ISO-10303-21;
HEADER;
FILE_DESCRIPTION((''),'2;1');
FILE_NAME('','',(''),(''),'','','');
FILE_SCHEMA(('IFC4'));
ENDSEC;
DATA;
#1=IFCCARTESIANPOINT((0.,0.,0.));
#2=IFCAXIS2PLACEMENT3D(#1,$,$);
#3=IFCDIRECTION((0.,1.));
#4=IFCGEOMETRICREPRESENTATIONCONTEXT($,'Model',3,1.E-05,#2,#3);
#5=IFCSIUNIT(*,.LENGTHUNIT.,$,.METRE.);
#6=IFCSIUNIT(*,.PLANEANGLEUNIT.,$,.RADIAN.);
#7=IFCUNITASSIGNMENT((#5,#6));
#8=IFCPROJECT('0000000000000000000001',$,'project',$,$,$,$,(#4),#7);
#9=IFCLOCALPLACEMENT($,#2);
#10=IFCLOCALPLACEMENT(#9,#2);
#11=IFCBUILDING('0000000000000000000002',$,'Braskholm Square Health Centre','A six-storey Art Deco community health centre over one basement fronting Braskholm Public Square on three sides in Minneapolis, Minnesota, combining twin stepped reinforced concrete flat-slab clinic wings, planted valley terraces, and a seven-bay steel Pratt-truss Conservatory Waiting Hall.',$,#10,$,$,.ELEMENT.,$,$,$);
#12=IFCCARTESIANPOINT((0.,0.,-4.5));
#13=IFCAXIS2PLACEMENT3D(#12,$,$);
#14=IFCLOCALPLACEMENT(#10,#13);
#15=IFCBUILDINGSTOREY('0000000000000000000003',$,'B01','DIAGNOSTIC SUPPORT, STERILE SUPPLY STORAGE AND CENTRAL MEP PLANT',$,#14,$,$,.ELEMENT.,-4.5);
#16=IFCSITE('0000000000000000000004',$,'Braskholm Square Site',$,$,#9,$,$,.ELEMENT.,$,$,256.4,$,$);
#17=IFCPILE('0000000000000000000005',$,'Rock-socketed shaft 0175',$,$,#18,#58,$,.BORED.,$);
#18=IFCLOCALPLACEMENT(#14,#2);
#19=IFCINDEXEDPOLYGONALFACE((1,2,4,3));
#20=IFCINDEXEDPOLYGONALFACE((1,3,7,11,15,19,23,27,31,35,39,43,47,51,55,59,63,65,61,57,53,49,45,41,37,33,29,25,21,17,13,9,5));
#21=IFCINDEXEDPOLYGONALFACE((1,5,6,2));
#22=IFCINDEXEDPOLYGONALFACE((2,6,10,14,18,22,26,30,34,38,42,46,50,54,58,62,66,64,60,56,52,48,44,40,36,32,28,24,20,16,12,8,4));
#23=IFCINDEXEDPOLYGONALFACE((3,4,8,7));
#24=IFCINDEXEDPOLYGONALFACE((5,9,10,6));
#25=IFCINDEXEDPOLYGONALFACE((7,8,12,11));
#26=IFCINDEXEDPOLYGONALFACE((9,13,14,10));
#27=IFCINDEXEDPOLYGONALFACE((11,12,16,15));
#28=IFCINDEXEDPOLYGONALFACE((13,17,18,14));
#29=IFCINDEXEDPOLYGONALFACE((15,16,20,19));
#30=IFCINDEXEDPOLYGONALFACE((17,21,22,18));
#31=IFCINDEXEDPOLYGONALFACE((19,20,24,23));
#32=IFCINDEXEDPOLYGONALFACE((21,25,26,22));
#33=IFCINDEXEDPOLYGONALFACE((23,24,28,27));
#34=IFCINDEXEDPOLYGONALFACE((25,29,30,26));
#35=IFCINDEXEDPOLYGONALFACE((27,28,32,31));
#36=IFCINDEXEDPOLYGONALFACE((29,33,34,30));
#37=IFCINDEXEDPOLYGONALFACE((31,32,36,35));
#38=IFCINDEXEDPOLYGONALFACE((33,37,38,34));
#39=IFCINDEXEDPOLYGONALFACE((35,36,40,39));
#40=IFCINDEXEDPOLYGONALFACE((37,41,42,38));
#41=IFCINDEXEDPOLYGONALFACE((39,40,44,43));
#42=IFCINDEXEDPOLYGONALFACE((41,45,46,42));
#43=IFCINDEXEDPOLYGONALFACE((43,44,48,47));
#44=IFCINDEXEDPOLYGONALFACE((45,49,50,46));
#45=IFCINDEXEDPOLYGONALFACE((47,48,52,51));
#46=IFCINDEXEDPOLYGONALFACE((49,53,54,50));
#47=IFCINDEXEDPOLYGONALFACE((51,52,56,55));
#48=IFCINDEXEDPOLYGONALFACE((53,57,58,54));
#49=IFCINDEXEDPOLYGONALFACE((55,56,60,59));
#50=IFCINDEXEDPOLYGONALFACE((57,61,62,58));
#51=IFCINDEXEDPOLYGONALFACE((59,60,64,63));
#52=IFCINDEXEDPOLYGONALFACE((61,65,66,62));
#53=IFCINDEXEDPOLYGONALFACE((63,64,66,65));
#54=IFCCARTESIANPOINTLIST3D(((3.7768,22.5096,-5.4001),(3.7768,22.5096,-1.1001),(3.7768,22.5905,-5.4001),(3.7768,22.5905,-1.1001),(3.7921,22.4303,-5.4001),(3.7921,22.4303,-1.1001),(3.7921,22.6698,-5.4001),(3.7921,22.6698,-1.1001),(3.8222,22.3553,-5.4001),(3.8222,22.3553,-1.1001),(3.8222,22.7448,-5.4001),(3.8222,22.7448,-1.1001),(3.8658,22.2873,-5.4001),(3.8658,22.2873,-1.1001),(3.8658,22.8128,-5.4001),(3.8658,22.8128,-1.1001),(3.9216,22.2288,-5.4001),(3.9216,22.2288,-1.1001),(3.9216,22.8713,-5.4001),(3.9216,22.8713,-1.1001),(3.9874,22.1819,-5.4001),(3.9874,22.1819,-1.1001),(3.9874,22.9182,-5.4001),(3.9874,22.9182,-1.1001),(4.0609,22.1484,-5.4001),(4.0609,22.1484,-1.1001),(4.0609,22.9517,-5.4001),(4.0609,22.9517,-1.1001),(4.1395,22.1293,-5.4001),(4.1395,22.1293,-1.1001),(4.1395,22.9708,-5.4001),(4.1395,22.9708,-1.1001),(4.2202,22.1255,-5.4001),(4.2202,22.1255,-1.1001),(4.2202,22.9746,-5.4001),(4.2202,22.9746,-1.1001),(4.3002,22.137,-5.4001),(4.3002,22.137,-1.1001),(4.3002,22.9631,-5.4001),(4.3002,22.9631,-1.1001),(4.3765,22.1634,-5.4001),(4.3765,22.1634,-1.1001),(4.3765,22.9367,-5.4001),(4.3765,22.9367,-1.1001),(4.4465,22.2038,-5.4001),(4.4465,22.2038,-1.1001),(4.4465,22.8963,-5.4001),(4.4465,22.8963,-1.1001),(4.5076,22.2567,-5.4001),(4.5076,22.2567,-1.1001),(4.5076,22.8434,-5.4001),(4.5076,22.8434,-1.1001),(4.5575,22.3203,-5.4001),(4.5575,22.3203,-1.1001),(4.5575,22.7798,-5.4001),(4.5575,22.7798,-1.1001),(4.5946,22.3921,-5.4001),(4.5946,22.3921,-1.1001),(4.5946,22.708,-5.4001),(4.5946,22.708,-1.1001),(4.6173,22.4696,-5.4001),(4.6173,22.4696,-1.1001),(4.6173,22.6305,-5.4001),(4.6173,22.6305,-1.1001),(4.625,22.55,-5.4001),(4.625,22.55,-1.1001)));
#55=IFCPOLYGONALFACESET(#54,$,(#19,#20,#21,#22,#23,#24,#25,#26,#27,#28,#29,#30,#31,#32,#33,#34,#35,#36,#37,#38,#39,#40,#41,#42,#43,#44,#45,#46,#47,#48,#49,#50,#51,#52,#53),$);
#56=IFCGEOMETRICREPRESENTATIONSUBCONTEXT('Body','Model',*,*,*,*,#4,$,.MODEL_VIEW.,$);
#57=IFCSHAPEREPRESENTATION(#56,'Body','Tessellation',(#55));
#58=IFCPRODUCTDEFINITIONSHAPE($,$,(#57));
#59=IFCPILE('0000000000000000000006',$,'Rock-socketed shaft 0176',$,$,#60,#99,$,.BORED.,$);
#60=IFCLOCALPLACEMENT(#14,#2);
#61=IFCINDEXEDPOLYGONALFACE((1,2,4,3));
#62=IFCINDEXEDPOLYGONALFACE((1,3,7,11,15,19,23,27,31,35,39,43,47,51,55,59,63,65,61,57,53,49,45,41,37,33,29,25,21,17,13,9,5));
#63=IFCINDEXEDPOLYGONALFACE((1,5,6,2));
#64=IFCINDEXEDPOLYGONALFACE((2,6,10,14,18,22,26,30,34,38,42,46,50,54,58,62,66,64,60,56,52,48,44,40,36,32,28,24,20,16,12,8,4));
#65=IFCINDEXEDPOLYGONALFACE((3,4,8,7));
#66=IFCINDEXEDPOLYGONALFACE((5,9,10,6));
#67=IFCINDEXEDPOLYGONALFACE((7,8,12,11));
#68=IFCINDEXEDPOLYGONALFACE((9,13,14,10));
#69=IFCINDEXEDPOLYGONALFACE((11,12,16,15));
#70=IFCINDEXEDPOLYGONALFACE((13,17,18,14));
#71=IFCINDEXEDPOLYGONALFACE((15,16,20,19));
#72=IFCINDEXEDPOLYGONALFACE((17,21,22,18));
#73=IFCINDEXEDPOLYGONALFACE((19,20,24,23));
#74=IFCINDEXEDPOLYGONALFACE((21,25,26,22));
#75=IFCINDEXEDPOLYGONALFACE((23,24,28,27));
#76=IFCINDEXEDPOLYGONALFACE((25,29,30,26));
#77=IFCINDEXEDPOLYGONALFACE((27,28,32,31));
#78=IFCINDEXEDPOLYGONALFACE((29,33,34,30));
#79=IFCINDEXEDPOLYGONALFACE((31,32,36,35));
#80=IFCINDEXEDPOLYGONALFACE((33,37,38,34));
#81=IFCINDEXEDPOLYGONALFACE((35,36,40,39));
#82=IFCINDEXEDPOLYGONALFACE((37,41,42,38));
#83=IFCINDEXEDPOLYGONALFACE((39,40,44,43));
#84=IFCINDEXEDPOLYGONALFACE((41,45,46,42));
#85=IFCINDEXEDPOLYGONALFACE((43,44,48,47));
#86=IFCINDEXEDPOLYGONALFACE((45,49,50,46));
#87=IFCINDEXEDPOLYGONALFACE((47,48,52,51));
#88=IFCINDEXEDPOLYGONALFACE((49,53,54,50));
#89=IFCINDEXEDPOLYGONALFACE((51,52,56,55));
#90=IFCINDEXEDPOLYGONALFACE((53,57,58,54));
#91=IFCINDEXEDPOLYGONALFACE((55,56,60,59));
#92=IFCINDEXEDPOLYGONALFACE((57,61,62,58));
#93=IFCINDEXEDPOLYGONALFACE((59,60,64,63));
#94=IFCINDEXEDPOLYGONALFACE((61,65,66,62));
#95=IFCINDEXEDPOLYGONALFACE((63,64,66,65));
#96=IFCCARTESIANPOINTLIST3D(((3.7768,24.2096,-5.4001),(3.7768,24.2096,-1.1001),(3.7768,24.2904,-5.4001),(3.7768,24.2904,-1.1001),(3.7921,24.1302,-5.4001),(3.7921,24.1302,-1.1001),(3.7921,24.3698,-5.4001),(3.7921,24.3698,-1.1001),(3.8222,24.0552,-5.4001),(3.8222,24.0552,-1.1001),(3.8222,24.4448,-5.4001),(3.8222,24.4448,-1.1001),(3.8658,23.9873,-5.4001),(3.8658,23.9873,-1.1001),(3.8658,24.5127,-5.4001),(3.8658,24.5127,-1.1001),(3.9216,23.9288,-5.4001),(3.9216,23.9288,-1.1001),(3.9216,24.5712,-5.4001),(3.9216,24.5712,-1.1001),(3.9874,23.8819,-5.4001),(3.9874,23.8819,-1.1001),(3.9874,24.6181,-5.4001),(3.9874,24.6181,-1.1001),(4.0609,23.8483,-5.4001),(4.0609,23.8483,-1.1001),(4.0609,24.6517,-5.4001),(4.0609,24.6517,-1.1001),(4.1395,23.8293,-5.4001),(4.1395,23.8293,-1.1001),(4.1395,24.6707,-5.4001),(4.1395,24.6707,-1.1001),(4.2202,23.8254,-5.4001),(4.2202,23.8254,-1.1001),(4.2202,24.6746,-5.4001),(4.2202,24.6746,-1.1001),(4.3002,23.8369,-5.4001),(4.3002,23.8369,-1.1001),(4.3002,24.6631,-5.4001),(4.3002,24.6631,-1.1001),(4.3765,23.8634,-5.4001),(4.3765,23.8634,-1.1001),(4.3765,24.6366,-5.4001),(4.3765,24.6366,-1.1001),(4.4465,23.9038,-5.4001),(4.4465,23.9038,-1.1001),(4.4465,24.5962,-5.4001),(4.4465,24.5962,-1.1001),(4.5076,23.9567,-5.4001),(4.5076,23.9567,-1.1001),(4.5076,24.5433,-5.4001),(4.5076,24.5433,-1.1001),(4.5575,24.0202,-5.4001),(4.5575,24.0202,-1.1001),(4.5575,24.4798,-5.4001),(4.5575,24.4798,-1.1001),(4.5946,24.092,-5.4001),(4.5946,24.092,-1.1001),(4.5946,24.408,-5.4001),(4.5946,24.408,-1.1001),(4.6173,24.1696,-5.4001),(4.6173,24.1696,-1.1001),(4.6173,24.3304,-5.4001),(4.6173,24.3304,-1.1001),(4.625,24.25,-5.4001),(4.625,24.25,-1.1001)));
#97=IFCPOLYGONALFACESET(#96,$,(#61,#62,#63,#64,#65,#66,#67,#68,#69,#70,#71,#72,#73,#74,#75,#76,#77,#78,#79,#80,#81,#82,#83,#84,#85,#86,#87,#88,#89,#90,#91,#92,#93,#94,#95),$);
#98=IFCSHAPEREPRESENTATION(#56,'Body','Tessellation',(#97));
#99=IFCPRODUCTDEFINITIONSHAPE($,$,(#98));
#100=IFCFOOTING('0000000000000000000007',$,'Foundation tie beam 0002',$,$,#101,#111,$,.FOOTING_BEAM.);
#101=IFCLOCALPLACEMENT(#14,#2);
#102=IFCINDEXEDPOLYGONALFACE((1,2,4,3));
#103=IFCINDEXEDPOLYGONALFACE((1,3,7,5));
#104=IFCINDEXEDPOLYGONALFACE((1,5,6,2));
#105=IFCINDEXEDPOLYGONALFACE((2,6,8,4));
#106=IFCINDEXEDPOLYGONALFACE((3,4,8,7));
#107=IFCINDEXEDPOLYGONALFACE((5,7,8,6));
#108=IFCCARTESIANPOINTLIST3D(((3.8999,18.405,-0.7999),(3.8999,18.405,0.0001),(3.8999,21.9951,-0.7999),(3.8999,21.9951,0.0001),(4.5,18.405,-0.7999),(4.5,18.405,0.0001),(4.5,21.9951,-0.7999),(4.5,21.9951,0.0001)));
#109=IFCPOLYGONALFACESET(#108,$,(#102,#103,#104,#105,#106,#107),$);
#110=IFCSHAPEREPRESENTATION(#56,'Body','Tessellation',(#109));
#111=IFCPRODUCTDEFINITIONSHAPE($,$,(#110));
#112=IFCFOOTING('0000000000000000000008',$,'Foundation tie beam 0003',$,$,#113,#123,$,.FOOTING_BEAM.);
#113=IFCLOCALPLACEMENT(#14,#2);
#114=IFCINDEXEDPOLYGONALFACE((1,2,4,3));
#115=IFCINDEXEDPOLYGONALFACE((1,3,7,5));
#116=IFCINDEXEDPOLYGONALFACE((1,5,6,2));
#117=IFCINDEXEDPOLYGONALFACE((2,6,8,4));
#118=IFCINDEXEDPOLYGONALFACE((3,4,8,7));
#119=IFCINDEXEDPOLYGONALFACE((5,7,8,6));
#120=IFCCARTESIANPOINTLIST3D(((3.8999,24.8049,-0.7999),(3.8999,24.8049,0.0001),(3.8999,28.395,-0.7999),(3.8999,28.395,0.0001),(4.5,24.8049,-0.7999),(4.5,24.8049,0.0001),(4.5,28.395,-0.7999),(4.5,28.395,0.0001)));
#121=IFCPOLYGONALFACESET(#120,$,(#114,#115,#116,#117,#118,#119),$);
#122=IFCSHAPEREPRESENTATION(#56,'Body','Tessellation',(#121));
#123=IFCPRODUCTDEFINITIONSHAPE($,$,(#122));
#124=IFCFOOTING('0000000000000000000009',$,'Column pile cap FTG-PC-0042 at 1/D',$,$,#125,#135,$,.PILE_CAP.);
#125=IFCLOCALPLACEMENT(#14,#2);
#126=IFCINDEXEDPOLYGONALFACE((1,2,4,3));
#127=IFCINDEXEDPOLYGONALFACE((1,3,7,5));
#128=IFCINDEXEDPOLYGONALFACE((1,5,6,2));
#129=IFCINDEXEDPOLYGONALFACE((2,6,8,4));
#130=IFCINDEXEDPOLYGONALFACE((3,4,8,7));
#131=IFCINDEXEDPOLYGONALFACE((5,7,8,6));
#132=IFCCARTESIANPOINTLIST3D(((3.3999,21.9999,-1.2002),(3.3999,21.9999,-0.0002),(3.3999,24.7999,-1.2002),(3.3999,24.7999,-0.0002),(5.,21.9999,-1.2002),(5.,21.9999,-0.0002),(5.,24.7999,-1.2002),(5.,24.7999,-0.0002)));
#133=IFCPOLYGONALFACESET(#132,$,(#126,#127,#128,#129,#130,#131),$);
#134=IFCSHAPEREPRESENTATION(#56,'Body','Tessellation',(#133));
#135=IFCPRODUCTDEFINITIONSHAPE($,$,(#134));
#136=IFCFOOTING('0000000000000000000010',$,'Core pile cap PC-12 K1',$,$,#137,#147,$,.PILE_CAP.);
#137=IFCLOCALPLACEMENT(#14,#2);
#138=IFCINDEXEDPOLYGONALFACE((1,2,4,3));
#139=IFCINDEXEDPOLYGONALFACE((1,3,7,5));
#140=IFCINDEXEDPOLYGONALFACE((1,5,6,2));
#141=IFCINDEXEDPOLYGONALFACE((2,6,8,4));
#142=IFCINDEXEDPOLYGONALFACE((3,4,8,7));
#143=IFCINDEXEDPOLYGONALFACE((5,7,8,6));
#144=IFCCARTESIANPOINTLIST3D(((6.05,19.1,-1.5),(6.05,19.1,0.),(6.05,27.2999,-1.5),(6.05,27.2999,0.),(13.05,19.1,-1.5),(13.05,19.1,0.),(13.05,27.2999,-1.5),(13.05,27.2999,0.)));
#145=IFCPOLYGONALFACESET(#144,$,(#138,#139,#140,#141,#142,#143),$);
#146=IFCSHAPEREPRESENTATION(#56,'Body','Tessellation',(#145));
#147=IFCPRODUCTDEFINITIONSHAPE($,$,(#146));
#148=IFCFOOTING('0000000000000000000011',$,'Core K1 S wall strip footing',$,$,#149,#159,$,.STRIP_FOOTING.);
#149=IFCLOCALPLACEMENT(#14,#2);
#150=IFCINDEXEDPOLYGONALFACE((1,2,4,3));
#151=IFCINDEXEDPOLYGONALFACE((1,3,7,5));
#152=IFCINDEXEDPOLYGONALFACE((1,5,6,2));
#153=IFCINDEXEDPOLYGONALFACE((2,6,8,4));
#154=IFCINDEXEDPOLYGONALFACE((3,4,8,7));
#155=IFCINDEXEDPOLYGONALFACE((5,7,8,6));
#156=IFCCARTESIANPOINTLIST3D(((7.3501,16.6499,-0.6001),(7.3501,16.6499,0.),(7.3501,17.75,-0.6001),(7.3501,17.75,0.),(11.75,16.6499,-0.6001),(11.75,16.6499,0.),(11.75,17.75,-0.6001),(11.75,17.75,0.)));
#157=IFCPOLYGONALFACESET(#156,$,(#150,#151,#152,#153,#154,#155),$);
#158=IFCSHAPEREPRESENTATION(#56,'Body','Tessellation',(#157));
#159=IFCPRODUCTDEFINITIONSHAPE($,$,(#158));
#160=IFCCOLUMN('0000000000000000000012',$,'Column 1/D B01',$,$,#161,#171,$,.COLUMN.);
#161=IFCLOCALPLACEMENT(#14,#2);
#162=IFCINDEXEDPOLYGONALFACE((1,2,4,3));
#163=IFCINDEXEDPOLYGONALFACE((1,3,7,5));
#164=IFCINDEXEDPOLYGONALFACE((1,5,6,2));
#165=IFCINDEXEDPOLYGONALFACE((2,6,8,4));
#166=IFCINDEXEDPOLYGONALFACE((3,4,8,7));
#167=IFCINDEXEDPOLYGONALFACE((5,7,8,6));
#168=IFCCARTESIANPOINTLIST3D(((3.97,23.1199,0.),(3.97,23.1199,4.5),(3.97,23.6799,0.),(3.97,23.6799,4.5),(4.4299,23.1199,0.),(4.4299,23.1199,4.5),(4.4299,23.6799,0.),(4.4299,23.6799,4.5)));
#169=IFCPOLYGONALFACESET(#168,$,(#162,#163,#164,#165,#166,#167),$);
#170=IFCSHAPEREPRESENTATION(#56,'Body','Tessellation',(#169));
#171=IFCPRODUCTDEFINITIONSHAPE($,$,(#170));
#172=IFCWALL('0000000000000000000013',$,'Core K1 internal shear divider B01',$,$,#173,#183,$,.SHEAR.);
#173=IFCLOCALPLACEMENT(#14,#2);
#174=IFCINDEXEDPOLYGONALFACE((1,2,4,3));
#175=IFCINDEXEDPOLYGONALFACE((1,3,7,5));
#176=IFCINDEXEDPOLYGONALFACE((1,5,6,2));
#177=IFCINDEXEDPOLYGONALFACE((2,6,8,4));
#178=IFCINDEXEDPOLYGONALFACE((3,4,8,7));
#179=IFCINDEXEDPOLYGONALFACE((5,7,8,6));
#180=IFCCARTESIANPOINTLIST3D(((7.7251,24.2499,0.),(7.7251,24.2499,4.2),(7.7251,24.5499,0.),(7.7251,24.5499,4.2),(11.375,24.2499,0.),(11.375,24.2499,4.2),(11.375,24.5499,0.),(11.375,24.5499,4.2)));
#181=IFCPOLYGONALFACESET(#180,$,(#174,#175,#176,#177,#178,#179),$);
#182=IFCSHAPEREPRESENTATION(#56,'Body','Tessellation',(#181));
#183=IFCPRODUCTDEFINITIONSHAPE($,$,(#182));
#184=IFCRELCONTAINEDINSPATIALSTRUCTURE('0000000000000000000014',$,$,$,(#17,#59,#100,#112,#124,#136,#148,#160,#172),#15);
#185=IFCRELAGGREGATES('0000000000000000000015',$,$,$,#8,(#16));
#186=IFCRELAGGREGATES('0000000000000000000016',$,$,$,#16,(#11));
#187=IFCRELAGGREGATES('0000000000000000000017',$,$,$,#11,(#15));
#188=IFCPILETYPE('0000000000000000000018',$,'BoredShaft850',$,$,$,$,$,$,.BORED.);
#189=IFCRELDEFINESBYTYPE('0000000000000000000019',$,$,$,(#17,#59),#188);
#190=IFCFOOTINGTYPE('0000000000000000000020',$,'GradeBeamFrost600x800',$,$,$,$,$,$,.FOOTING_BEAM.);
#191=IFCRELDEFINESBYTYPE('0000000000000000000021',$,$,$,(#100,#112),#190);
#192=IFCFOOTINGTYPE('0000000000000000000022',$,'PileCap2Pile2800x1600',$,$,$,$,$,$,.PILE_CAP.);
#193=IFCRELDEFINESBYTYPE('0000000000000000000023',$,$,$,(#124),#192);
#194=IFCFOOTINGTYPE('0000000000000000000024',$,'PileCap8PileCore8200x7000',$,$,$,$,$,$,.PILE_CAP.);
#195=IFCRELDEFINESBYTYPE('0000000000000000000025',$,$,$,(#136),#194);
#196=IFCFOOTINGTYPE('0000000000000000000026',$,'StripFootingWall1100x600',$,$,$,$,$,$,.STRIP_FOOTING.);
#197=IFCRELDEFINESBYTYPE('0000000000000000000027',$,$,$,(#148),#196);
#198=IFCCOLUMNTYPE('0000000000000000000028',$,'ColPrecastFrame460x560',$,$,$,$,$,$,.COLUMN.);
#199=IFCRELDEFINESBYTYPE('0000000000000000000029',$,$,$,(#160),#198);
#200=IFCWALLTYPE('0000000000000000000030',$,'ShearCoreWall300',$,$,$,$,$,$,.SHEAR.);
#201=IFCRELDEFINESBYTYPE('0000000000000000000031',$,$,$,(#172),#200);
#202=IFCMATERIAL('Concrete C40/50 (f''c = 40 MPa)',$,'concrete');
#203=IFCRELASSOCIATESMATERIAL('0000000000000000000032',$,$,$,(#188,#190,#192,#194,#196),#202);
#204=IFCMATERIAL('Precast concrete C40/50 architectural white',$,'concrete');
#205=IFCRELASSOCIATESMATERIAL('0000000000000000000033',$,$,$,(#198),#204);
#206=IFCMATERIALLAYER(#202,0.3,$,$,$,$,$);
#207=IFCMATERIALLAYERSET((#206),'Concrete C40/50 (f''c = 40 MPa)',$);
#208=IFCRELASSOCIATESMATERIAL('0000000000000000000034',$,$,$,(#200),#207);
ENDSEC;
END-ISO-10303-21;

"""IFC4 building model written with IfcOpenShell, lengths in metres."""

from ifc_helpers import new_model, si_unit, direction, frame, frame_2d, origin, origin_2d, place, context, subcontext, project, spatial, rectangle, circle, extrude, material, layer, layer_set, material_profile, profile_set, type_object, element, save


model = new_model("IFC4")

# Units and contexts
model_context = context("Model", 3, precision=1e-05, world=origin(), true_north=direction((0.0, 1.0)))
body_context = subcontext(model_context, "Body", "Model", "MODEL_VIEW")
ifc_project = project(units=[si_unit("LENGTHUNIT", "METRE"), si_unit("PLANEANGLEUNIT", "RADIAN")], contexts=[model_context])

# Site, building, storey
site_placement = place(None, origin())
site = spatial("IfcSite", under=ifc_project, at=site_placement, Name="Braskholm Square Site", CompositionType="ELEMENT", RefElevation=256.4)
building_placement = place(site_placement, origin())
building = spatial("IfcBuilding", under=site, at=building_placement, Name="Braskholm Square Health Centre", Description="A six-storey Art Deco community health centre over one basement fronting Braskholm Public Square on three sides in Minneapolis, Minnesota, combining twin stepped reinforced concrete flat-slab clinic wings, planted valley terraces, and a seven-bay steel Pratt-truss Conservatory Waiting Hall.", CompositionType="ELEMENT")
storey_placement = place(building_placement, frame((0.0, 0.0, -4.5)))
storey = spatial("IfcBuildingStorey", under=building, at=storey_placement, Name="B01", Description="DIAGNOSTIC SUPPORT, STERILE SUPPLY STORAGE AND CENTRAL MEP PLANT", CompositionType="ELEMENT", Elevation=-4.5)

# Piles
ifc_material_1 = material(Name="Concrete C40/50 (f'c = 40 MPa)", Category="concrete")
ifc_material_profile_1 = material_profile(ifc_material_1, circle(Radius=0.425, at=origin_2d()), Name="BORED-PILE-850")
ifc_profile_set_1 = profile_set([ifc_material_profile_1], Name="Concrete C40/50 (f'c = 40 MPa)")
pile_type_1 = type_object("IfcPileType", Name="BoredShaft850", PredefinedType="BORED", material=ifc_profile_set_1)
for number, where, z_axis, x_axis, name in (
    (1, (4.2, 22.55, -1.1001), (0.0, 0.0, -1.0), (1.0, 0.0, 0.0), "Rock-socketed shaft 0175"),
    (2, (4.2, 24.25, -1.1001), (0.0, 0.0, -1.0), (1.0, 0.0, 0.0), "Rock-socketed shaft 0176"),
):
    element("IfcPile", number, at=place(storey_placement, frame(where, z_axis=z_axis, x_axis=x_axis)), inside=storey, type_object=pile_type_1, Name=name, PredefinedType="BORED", context=body_context, shape_type="SweptSolid", body=[
        extrude(circle(Radius=0.425, at=origin_2d()), origin(), (0.0, 0.0, 1.0), 4.3),
    ])

# Footings
ifc_material_profile_2 = material_profile(ifc_material_1, rectangle(XDim=0.6001, YDim=0.8, at=origin_2d()), Name="FTG-600X800")
ifc_profile_set_2 = profile_set([ifc_material_profile_2], Name="Concrete C40/50 (f'c = 40 MPa)")
footing_type_1 = type_object("IfcFootingType", Name="GradeBeamFrost600x800", PredefinedType="FOOTING_BEAM", material=ifc_profile_set_2)
for number, where, z_axis, x_axis, name in (
    (3, (4.2, 18.405, -0.3999), (0.0, 1.0, 0.0), (-1.0, 0.0, 0.0), "Foundation tie beam 0002"),
    (4, (4.2, 24.8049, -0.3999), (0.0, 1.0, 0.0), (-1.0, 0.0, 0.0), "Foundation tie beam 0003"),
):
    element("IfcFooting", number, at=place(storey_placement, frame(where, z_axis=z_axis, x_axis=x_axis)), inside=storey, type_object=footing_type_1, Name=name, PredefinedType="FOOTING_BEAM", context=body_context, shape_type="SweptSolid", body=[
        extrude(rectangle(XDim=0.6001, YDim=0.8, at=origin_2d()), origin(), (0.0, 0.0, 1.0), 3.5901),
    ])
footing_type_2 = type_object("IfcFootingType", Name="PileCap2Pile2800x1600", PredefinedType="PILE_CAP", material=ifc_material_1)
footing_1_placement = place(storey_placement, frame((4.2, 23.3999, -1.2002), z_axis=(0.0, 0.0, 1.0), x_axis=(0.0, 1.0, 0.0)))
element("IfcFooting", 5, at=footing_1_placement, inside=storey, type_object=footing_type_2, Name="Column pile cap FTG-PC-0042 at 1/D", PredefinedType="PILE_CAP", context=body_context, shape_type="SweptSolid", body=[
    extrude(rectangle(XDim=2.8, YDim=1.6001, at=origin_2d()), origin(), (0.0, 0.0, 1.0), 1.2),
])
footing_type_3 = type_object("IfcFootingType", Name="PileCap8PileCore8200x7000", PredefinedType="PILE_CAP", material=ifc_material_1)
footing_2_placement = place(storey_placement, frame((9.55, 23.2, -1.5), z_axis=(0.0, 0.0, 1.0), x_axis=(0.0, 1.0, 0.0)))
element("IfcFooting", 6, at=footing_2_placement, inside=storey, type_object=footing_type_3, Name="Core pile cap PC-12 K1", PredefinedType="PILE_CAP", context=body_context, shape_type="SweptSolid", body=[
    extrude(rectangle(XDim=8.2, YDim=7.0, at=origin_2d()), origin(), (0.0, 0.0, 1.0), 1.5),
])
ifc_material_profile_3 = material_profile(ifc_material_1, rectangle(XDim=1.1001, YDim=0.6001, at=origin_2d()), Name="FTG-1100X600")
ifc_profile_set_3 = profile_set([ifc_material_profile_3], Name="Concrete C40/50 (f'c = 40 MPa)")
footing_type_4 = type_object("IfcFootingType", Name="StripFootingWall1100x600", PredefinedType="STRIP_FOOTING", material=ifc_profile_set_3)
footing_3_placement = place(storey_placement, frame((7.3501, 17.2, -0.3), z_axis=(1.0, 0.0, 0.0), x_axis=(0.0, 1.0, 0.0)))
element("IfcFooting", 7, at=footing_3_placement, inside=storey, type_object=footing_type_4, Name="Core K1 S wall strip footing", PredefinedType="STRIP_FOOTING", context=body_context, shape_type="SweptSolid", body=[
    extrude(rectangle(XDim=1.1001, YDim=0.6001, at=origin_2d()), origin(), (0.0, 0.0, 1.0), 4.3999),
])

# Column
ifc_material_2 = material(Name="Precast concrete C40/50 architectural white", Category="concrete")
ifc_material_profile_4 = material_profile(ifc_material_2, rectangle(XDim=0.46, YDim=0.5601, at=origin_2d()), Name="RC-460X560")
ifc_profile_set_4 = profile_set([ifc_material_profile_4], Name="Precast concrete C40/50 architectural white")
column_type = type_object("IfcColumnType", Name="ColPrecastFrame460x560", PredefinedType="COLUMN", material=ifc_profile_set_4)
column_placement = place(storey_placement, frame((4.2, 23.3999, 0.0), z_axis=(0.0, 0.0, 1.0), x_axis=(1.0, 0.0, 0.0)))
element("IfcColumn", 8, at=column_placement, inside=storey, type_object=column_type, Name="Column 1/D B01", PredefinedType="COLUMN", context=body_context, shape_type="SweptSolid", body=[
    extrude(rectangle(XDim=0.46, YDim=0.5601, at=origin_2d()), origin(), (0.0, 0.0, 1.0), 4.5),
])

# Wall
ifc_layer_1 = layer(ifc_material_1, 0.3)
ifc_layer_set_1 = layer_set([ifc_layer_1], Name="Concrete C40/50 (f'c = 40 MPa)")
wall_type_1 = type_object("IfcWallType", Name="ShearCoreWall300", PredefinedType="SHEAR", material=ifc_layer_set_1)
wall_1_placement = place(storey_placement, frame((7.7251, 24.3999, 0.0), z_axis=(0.0, 0.0, 1.0), x_axis=(1.0, 0.0, 0.0)))
element("IfcWall", 9, at=wall_1_placement, inside=storey, type_object=wall_type_1, Name="Core K1 internal shear divider B01", PredefinedType="SHEAR", context=body_context, shape_type="SweptSolid", body=[
    extrude(rectangle(XDim=3.6499, YDim=0.3, at=frame_2d((1.825, 0.0))), origin(), (0.0, 0.0, 1.0), 4.2),
])

save(model, "model.ifc")
